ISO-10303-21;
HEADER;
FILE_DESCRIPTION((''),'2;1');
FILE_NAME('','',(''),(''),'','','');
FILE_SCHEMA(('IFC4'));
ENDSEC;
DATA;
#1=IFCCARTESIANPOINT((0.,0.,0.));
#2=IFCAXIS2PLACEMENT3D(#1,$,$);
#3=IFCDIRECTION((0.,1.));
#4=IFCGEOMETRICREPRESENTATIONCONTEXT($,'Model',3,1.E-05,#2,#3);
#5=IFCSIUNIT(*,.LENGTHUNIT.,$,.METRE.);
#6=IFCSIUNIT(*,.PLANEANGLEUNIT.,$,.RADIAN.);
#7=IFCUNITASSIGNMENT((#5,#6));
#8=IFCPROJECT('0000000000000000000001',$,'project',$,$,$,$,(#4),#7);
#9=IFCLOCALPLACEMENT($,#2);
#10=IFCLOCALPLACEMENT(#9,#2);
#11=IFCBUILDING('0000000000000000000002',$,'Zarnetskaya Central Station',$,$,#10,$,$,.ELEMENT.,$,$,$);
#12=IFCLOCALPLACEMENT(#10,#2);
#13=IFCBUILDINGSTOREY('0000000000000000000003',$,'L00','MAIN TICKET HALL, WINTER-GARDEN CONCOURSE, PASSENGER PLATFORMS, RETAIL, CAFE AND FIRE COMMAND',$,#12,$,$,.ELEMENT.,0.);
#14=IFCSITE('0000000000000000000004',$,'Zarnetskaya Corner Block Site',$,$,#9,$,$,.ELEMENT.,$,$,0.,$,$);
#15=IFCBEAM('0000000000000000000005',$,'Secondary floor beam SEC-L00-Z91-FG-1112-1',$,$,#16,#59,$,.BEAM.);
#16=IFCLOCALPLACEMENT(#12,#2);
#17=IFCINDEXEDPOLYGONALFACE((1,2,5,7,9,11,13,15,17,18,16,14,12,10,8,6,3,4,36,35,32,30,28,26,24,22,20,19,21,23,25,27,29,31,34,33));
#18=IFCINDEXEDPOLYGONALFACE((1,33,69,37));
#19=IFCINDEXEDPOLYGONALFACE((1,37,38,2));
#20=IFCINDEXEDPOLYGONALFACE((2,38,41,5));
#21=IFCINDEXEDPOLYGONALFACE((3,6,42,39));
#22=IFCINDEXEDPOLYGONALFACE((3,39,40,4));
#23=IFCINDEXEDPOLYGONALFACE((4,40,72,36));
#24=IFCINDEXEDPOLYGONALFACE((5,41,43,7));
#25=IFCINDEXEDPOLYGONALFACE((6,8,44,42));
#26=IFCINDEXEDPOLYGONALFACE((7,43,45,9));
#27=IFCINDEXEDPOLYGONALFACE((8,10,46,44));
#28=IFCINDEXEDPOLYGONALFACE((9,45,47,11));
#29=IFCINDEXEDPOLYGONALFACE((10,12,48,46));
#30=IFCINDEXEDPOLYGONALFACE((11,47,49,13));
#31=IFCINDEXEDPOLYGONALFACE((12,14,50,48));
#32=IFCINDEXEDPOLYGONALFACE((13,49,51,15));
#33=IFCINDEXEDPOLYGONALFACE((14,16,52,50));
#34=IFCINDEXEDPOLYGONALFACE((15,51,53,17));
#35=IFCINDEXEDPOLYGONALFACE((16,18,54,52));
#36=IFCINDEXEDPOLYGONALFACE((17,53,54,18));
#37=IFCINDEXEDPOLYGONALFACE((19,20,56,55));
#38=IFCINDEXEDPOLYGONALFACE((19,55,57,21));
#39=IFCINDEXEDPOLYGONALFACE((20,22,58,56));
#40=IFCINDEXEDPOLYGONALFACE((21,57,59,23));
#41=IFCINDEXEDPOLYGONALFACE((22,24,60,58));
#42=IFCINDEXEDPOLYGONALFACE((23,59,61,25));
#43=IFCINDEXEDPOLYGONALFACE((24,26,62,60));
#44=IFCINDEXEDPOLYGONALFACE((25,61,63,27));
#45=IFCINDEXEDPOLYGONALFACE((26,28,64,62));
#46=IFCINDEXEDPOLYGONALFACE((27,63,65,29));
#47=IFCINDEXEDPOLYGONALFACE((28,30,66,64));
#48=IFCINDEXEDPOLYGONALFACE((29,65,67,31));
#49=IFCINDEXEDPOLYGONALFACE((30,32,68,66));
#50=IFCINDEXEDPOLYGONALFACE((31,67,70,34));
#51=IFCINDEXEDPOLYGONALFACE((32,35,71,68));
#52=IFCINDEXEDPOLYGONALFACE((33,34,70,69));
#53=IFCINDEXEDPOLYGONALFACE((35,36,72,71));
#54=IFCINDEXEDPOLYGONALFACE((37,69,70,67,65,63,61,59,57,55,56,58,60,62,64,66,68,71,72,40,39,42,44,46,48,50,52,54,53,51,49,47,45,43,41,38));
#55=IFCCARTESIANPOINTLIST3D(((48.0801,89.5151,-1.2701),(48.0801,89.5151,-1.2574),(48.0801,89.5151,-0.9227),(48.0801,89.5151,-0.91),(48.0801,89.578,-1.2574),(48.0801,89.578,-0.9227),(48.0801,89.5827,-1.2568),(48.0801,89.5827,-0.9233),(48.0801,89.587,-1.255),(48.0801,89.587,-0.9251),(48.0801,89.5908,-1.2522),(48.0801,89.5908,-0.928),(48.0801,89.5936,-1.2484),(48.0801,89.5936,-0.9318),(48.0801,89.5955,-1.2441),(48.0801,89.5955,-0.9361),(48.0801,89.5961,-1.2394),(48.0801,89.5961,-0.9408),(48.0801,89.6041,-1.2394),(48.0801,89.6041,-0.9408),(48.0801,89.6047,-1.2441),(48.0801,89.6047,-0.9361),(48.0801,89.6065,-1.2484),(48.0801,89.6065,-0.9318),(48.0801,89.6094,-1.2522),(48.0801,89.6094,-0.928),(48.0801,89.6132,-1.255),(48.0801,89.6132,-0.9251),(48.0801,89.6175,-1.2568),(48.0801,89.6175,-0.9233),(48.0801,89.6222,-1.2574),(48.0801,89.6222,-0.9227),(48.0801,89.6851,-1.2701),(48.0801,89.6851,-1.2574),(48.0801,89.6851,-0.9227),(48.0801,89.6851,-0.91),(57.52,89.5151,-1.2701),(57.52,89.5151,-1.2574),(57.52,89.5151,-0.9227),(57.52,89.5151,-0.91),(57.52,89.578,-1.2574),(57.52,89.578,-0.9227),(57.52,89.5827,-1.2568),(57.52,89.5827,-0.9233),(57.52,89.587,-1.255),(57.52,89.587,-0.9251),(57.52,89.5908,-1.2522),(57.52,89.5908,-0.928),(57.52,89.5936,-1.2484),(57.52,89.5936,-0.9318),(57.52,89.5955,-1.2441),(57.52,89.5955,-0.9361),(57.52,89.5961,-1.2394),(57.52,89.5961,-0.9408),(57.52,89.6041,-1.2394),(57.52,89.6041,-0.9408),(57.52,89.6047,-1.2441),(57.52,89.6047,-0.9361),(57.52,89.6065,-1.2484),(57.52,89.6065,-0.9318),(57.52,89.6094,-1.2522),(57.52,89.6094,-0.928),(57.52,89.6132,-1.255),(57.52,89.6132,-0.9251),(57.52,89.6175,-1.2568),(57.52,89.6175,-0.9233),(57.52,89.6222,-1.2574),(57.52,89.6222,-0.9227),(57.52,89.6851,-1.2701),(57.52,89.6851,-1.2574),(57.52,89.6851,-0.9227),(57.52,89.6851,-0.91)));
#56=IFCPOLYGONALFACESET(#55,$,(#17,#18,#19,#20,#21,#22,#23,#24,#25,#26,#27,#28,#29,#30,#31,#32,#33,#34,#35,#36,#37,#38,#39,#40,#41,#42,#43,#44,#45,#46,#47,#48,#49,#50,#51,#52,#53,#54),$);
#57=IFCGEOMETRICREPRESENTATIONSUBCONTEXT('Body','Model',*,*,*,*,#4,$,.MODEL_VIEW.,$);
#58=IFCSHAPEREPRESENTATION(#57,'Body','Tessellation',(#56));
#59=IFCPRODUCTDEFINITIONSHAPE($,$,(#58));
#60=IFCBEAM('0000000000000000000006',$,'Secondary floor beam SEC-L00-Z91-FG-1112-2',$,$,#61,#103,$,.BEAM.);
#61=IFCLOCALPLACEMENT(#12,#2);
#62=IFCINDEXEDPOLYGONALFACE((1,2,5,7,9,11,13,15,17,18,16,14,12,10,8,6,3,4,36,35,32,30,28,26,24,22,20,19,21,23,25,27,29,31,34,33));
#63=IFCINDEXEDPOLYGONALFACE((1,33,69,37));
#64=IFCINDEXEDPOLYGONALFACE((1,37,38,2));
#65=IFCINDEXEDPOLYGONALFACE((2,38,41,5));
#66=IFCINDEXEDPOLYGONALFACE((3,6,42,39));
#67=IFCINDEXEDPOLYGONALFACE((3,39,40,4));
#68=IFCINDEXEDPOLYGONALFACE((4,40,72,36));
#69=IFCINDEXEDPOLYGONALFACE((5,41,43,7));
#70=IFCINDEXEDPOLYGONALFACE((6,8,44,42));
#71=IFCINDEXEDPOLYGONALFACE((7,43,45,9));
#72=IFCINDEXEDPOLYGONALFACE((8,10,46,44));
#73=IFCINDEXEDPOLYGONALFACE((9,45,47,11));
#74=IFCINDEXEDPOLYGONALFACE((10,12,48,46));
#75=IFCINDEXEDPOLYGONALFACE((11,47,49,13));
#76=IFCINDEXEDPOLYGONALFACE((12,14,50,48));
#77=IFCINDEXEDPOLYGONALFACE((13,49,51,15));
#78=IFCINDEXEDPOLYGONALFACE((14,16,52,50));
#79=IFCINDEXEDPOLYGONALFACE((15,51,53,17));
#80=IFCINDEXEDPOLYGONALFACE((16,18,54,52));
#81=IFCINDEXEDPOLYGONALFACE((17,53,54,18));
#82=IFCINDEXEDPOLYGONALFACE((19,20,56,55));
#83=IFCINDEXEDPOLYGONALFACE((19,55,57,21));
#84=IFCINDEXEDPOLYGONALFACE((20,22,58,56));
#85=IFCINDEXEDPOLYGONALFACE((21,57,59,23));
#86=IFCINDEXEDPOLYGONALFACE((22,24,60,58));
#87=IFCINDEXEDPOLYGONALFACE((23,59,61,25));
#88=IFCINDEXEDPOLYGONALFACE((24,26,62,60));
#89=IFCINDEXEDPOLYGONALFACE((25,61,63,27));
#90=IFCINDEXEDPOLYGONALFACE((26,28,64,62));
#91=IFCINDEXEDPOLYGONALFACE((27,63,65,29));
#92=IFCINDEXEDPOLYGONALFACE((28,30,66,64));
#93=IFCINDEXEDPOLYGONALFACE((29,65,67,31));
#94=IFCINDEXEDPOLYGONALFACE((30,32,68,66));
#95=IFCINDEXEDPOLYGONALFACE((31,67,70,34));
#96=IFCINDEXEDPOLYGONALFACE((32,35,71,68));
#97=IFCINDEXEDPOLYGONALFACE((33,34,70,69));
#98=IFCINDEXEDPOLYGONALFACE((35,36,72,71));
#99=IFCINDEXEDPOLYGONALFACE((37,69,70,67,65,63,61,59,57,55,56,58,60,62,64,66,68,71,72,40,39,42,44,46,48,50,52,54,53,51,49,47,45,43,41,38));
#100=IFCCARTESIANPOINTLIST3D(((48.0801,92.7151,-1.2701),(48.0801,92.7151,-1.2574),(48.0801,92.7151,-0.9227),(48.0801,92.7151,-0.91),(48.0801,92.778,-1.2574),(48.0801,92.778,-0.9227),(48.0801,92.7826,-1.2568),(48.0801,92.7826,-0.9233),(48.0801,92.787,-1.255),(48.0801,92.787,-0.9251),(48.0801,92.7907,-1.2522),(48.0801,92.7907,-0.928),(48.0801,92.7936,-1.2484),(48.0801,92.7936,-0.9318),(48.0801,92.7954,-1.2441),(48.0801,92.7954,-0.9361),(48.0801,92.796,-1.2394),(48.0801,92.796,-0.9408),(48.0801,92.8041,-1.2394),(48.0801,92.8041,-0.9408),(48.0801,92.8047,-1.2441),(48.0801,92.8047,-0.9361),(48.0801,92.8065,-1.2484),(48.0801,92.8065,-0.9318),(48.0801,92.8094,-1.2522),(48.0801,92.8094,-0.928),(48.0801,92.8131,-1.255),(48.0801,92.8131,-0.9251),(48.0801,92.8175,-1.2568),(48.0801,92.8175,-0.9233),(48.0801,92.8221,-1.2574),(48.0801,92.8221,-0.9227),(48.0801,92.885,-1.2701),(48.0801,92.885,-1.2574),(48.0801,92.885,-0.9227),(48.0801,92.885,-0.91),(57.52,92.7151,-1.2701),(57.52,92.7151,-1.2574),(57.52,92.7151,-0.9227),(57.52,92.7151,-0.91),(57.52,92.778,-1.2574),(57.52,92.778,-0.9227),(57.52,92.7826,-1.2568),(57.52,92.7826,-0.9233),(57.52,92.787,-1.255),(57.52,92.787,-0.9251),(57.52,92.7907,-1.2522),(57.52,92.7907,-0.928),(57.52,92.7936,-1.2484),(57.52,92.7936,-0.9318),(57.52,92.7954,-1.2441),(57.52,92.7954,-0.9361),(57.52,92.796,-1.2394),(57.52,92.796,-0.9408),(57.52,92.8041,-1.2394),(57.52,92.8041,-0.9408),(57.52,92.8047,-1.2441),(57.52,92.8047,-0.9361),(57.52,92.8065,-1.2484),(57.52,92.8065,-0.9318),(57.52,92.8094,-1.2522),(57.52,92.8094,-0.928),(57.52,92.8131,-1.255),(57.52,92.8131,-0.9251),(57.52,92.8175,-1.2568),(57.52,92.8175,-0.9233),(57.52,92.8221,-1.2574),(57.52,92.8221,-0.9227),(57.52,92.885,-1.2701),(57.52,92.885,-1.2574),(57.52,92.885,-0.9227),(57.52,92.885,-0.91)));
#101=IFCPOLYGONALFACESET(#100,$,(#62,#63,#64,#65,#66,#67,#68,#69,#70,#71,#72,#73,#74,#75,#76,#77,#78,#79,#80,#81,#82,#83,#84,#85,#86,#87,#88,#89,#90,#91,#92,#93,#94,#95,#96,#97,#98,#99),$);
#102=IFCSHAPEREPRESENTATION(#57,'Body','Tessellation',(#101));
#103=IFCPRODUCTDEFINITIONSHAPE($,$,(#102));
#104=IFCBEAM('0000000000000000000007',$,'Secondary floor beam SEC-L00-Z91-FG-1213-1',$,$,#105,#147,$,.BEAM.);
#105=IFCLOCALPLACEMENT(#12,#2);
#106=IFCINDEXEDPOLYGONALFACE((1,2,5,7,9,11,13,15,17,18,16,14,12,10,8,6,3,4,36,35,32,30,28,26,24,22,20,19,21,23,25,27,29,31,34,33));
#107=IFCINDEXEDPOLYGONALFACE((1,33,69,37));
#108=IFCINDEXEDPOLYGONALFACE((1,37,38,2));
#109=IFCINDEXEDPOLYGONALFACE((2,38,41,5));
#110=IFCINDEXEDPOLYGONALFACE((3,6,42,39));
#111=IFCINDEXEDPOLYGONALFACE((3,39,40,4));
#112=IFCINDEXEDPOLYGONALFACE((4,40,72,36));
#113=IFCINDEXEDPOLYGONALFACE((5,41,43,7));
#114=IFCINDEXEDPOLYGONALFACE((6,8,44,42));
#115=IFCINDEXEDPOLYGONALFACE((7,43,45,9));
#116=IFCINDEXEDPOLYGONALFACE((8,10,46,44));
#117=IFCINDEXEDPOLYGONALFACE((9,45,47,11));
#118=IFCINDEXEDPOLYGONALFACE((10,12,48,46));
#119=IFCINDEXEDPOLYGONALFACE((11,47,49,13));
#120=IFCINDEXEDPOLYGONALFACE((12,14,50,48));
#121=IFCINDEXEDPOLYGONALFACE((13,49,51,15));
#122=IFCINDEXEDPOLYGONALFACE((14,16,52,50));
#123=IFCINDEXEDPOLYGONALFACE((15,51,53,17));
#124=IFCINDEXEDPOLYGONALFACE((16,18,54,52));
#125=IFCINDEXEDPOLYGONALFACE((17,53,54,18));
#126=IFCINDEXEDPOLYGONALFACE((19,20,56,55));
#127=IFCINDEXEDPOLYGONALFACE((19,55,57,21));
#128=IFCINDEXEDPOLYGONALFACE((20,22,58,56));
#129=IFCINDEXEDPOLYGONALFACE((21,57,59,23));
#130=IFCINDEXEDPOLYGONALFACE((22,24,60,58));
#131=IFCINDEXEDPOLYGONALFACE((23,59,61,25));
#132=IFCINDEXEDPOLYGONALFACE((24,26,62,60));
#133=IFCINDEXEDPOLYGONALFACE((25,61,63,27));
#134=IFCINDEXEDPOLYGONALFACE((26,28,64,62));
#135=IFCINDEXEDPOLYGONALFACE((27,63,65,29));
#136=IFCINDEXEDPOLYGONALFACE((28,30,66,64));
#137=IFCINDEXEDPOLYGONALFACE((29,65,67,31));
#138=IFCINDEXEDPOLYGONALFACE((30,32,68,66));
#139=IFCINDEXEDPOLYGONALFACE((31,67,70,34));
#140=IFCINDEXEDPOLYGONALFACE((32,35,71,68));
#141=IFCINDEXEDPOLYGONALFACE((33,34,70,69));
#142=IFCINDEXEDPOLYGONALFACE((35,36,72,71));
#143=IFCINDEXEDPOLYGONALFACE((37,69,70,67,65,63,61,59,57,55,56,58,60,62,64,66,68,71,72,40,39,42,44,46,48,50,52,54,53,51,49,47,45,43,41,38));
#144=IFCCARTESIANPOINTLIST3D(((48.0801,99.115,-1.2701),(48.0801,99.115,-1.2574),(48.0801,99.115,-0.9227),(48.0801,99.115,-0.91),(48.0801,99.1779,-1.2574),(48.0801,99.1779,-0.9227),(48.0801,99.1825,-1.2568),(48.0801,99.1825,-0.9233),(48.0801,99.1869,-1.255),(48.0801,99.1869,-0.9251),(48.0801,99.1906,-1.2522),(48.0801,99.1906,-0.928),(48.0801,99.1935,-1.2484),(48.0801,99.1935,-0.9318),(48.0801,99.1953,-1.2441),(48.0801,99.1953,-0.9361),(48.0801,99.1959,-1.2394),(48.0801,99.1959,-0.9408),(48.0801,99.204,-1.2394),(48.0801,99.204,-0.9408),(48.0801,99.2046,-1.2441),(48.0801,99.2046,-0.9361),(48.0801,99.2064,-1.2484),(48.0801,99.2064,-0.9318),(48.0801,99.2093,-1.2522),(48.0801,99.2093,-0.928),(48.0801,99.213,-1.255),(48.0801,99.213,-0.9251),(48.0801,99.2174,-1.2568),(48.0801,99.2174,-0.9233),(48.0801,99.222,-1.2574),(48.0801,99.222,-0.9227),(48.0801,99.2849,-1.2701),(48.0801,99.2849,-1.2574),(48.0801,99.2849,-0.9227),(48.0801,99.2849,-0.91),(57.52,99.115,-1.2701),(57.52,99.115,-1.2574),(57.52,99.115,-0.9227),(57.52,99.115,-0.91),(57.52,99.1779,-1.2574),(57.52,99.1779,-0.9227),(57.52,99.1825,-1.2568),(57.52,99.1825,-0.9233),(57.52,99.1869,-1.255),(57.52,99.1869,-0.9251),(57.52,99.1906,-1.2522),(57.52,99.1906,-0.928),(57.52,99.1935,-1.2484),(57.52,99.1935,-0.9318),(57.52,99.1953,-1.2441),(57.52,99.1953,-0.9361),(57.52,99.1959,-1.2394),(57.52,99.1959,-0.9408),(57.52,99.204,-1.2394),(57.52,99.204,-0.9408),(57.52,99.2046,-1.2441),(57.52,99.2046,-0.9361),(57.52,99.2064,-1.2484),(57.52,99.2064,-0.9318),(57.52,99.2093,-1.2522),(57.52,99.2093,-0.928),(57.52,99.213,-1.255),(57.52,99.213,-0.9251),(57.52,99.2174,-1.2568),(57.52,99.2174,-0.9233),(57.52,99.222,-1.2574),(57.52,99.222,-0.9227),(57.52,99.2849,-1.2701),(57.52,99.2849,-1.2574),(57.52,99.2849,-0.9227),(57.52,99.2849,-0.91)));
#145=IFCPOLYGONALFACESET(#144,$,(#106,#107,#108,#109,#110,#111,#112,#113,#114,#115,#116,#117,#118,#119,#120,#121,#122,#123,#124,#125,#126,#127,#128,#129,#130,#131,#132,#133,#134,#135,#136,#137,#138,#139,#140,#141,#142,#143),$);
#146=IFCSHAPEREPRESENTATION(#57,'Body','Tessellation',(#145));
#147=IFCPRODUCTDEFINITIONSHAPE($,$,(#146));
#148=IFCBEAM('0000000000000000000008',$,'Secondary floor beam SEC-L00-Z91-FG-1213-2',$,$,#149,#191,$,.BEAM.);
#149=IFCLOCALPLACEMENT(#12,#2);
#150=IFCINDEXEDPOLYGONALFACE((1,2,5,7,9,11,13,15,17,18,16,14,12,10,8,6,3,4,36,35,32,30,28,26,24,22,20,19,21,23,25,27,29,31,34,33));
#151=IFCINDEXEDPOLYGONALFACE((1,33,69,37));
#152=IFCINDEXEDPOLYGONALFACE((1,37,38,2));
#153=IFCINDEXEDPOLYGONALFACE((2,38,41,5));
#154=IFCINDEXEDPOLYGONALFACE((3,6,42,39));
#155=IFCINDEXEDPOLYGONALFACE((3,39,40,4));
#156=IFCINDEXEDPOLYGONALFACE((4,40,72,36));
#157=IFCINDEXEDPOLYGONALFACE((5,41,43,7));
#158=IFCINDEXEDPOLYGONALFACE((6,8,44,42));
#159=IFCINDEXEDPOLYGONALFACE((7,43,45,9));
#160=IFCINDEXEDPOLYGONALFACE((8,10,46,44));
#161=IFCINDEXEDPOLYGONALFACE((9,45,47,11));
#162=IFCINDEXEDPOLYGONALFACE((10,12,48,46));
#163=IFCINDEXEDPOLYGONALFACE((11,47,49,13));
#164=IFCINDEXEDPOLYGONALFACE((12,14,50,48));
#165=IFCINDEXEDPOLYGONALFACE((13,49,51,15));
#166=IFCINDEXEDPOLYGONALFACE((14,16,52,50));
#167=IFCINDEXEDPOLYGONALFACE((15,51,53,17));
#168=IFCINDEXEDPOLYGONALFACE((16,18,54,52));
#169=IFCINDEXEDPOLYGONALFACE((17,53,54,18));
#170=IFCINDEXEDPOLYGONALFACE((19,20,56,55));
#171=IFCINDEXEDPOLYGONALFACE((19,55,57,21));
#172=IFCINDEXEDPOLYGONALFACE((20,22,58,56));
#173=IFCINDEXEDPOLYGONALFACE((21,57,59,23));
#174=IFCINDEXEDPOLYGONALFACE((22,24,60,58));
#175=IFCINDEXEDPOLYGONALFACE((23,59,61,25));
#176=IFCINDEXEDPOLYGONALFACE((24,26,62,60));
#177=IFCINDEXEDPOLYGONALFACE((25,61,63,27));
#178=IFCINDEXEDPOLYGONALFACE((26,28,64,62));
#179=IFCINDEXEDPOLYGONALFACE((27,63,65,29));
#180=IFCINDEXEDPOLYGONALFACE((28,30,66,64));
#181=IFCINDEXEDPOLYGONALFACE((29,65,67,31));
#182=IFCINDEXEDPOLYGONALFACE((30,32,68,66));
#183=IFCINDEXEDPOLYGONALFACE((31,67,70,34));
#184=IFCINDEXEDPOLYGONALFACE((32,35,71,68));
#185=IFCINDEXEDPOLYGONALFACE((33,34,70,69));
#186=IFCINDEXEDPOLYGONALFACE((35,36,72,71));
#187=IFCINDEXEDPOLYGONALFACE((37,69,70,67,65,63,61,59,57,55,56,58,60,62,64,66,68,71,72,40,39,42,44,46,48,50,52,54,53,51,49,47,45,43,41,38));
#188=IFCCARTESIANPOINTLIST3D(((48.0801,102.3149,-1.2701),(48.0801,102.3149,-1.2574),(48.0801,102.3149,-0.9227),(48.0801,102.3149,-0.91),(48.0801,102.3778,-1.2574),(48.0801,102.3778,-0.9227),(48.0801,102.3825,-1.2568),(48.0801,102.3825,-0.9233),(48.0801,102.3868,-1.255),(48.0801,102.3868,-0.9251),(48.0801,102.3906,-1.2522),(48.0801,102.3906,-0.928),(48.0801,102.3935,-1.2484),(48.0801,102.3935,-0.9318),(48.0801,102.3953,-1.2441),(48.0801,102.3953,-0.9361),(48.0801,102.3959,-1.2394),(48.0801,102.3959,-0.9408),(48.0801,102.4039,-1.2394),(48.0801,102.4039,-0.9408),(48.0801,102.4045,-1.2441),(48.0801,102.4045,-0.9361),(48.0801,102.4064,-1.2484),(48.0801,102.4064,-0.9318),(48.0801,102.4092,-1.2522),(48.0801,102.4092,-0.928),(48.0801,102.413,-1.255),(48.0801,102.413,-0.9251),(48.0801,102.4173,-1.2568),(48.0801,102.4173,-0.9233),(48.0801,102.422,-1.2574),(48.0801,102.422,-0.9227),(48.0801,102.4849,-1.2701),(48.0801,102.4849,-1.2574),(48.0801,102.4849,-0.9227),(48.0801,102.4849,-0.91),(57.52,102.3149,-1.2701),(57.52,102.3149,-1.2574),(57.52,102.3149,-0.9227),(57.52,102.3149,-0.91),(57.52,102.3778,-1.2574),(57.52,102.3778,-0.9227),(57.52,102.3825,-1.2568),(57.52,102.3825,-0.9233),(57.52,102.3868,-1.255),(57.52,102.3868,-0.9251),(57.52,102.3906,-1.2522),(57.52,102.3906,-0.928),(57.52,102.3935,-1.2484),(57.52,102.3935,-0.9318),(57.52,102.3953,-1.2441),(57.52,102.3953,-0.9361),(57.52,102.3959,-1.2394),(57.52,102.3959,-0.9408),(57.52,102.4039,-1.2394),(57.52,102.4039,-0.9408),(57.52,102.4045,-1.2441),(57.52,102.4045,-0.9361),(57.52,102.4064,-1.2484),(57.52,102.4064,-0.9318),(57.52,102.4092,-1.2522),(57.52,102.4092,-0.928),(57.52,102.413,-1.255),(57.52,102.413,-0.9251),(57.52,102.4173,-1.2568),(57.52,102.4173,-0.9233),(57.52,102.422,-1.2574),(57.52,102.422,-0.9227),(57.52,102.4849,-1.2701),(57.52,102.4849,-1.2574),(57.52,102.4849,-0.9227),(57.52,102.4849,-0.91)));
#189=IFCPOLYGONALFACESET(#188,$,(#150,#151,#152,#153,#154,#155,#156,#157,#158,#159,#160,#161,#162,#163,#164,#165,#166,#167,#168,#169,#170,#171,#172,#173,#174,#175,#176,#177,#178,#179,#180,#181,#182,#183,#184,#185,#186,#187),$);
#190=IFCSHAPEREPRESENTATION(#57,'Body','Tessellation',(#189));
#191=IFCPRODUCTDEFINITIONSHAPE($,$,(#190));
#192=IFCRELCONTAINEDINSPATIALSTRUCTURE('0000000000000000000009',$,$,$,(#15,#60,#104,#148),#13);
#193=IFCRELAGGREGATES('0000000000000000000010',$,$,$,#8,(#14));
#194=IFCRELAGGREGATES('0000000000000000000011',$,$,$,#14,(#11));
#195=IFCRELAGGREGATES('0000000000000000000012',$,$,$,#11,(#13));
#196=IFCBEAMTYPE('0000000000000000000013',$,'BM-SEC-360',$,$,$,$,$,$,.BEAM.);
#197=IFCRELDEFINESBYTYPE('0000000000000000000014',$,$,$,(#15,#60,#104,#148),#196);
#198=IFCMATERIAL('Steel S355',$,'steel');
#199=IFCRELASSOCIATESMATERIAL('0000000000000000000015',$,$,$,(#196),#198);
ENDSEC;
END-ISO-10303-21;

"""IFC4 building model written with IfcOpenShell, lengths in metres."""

from ifc_helpers import new_model, si_unit, direction, frame, origin, origin_2d, place, context, subcontext, project, spatial, i_section, extrude, material, material_profile, profile_set, type_object, element, save


model = new_model("IFC4")

# Units and contexts
model_context = context("Model", 3, precision=1e-05, world=origin(), true_north=direction((0.0, 1.0)))
body_context = subcontext(model_context, "Body", "Model", "MODEL_VIEW")
ifc_project = project(units=[si_unit("LENGTHUNIT", "METRE"), si_unit("PLANEANGLEUNIT", "RADIAN")], contexts=[model_context])

# Site, building, storey
site_placement = place(None, origin())
site = spatial("IfcSite", under=ifc_project, at=site_placement, Name="Zarnetskaya Corner Block Site", CompositionType="ELEMENT", RefElevation=0.0)
building_placement = place(site_placement, origin())
building = spatial("IfcBuilding", under=site, at=building_placement, Name="Zarnetskaya Central Station", CompositionType="ELEMENT")
storey_placement = place(building_placement, origin())
storey = spatial("IfcBuildingStorey", under=building, at=storey_placement, Name="L00", Description="MAIN TICKET HALL, WINTER-GARDEN CONCOURSE, PASSENGER PLATFORMS, RETAIL, CAFE AND FIRE COMMAND", CompositionType="ELEMENT", Elevation=0.0)

# Shared definitions
ifc_material = material(Name="Steel S355", Category="steel")

# Beams
ifc_material_profile_1 = material_profile(ifc_material, i_section(OverallWidth=0.1699, OverallDepth=0.3601, WebThickness=0.0081, FlangeThickness=0.0127, FilletRadius=0.0181, at=origin_2d()), Name="IPE 360")
ifc_profile_set_1 = profile_set([ifc_material_profile_1], Name="Steel S355")
beam_type_1 = type_object("IfcBeamType", Name="BM-SEC-360", PredefinedType="BEAM", material=ifc_profile_set_1)
for number, where, z_axis, x_axis, name in (
    (1, (48.0801, 89.6001, -1.0901), (1.0, 0.0, 0.0), (0.0, 1.0, 0.0), "Secondary floor beam SEC-L00-Z91-FG-1112-1"),
    (2, (48.0801, 92.8, -1.0901), (1.0, 0.0, 0.0), (0.0, 1.0, 0.0), "Secondary floor beam SEC-L00-Z91-FG-1112-2"),
    (3, (48.0801, 99.2, -1.0901), (1.0, 0.0, 0.0), (0.0, 1.0, 0.0), "Secondary floor beam SEC-L00-Z91-FG-1213-1"),
    (4, (48.0801, 102.3999, -1.0901), (1.0, 0.0, 0.0), (0.0, 1.0, 0.0), "Secondary floor beam SEC-L00-Z91-FG-1213-2"),
):
    element("IfcBeam", number, at=place(storey_placement, frame(where, z_axis=z_axis, x_axis=x_axis)), inside=storey, type_object=beam_type_1, Name=name, PredefinedType="BEAM", context=body_context, shape_type="SweptSolid", body=[
        extrude(i_section(OverallWidth=0.1699, OverallDepth=0.3601, WebThickness=0.0081, FlangeThickness=0.0127, FilletRadius=0.0181, at=origin_2d()), origin(), (0.0, 0.0, 1.0), 9.4399),
    ])

save(model, "model.ifc")
